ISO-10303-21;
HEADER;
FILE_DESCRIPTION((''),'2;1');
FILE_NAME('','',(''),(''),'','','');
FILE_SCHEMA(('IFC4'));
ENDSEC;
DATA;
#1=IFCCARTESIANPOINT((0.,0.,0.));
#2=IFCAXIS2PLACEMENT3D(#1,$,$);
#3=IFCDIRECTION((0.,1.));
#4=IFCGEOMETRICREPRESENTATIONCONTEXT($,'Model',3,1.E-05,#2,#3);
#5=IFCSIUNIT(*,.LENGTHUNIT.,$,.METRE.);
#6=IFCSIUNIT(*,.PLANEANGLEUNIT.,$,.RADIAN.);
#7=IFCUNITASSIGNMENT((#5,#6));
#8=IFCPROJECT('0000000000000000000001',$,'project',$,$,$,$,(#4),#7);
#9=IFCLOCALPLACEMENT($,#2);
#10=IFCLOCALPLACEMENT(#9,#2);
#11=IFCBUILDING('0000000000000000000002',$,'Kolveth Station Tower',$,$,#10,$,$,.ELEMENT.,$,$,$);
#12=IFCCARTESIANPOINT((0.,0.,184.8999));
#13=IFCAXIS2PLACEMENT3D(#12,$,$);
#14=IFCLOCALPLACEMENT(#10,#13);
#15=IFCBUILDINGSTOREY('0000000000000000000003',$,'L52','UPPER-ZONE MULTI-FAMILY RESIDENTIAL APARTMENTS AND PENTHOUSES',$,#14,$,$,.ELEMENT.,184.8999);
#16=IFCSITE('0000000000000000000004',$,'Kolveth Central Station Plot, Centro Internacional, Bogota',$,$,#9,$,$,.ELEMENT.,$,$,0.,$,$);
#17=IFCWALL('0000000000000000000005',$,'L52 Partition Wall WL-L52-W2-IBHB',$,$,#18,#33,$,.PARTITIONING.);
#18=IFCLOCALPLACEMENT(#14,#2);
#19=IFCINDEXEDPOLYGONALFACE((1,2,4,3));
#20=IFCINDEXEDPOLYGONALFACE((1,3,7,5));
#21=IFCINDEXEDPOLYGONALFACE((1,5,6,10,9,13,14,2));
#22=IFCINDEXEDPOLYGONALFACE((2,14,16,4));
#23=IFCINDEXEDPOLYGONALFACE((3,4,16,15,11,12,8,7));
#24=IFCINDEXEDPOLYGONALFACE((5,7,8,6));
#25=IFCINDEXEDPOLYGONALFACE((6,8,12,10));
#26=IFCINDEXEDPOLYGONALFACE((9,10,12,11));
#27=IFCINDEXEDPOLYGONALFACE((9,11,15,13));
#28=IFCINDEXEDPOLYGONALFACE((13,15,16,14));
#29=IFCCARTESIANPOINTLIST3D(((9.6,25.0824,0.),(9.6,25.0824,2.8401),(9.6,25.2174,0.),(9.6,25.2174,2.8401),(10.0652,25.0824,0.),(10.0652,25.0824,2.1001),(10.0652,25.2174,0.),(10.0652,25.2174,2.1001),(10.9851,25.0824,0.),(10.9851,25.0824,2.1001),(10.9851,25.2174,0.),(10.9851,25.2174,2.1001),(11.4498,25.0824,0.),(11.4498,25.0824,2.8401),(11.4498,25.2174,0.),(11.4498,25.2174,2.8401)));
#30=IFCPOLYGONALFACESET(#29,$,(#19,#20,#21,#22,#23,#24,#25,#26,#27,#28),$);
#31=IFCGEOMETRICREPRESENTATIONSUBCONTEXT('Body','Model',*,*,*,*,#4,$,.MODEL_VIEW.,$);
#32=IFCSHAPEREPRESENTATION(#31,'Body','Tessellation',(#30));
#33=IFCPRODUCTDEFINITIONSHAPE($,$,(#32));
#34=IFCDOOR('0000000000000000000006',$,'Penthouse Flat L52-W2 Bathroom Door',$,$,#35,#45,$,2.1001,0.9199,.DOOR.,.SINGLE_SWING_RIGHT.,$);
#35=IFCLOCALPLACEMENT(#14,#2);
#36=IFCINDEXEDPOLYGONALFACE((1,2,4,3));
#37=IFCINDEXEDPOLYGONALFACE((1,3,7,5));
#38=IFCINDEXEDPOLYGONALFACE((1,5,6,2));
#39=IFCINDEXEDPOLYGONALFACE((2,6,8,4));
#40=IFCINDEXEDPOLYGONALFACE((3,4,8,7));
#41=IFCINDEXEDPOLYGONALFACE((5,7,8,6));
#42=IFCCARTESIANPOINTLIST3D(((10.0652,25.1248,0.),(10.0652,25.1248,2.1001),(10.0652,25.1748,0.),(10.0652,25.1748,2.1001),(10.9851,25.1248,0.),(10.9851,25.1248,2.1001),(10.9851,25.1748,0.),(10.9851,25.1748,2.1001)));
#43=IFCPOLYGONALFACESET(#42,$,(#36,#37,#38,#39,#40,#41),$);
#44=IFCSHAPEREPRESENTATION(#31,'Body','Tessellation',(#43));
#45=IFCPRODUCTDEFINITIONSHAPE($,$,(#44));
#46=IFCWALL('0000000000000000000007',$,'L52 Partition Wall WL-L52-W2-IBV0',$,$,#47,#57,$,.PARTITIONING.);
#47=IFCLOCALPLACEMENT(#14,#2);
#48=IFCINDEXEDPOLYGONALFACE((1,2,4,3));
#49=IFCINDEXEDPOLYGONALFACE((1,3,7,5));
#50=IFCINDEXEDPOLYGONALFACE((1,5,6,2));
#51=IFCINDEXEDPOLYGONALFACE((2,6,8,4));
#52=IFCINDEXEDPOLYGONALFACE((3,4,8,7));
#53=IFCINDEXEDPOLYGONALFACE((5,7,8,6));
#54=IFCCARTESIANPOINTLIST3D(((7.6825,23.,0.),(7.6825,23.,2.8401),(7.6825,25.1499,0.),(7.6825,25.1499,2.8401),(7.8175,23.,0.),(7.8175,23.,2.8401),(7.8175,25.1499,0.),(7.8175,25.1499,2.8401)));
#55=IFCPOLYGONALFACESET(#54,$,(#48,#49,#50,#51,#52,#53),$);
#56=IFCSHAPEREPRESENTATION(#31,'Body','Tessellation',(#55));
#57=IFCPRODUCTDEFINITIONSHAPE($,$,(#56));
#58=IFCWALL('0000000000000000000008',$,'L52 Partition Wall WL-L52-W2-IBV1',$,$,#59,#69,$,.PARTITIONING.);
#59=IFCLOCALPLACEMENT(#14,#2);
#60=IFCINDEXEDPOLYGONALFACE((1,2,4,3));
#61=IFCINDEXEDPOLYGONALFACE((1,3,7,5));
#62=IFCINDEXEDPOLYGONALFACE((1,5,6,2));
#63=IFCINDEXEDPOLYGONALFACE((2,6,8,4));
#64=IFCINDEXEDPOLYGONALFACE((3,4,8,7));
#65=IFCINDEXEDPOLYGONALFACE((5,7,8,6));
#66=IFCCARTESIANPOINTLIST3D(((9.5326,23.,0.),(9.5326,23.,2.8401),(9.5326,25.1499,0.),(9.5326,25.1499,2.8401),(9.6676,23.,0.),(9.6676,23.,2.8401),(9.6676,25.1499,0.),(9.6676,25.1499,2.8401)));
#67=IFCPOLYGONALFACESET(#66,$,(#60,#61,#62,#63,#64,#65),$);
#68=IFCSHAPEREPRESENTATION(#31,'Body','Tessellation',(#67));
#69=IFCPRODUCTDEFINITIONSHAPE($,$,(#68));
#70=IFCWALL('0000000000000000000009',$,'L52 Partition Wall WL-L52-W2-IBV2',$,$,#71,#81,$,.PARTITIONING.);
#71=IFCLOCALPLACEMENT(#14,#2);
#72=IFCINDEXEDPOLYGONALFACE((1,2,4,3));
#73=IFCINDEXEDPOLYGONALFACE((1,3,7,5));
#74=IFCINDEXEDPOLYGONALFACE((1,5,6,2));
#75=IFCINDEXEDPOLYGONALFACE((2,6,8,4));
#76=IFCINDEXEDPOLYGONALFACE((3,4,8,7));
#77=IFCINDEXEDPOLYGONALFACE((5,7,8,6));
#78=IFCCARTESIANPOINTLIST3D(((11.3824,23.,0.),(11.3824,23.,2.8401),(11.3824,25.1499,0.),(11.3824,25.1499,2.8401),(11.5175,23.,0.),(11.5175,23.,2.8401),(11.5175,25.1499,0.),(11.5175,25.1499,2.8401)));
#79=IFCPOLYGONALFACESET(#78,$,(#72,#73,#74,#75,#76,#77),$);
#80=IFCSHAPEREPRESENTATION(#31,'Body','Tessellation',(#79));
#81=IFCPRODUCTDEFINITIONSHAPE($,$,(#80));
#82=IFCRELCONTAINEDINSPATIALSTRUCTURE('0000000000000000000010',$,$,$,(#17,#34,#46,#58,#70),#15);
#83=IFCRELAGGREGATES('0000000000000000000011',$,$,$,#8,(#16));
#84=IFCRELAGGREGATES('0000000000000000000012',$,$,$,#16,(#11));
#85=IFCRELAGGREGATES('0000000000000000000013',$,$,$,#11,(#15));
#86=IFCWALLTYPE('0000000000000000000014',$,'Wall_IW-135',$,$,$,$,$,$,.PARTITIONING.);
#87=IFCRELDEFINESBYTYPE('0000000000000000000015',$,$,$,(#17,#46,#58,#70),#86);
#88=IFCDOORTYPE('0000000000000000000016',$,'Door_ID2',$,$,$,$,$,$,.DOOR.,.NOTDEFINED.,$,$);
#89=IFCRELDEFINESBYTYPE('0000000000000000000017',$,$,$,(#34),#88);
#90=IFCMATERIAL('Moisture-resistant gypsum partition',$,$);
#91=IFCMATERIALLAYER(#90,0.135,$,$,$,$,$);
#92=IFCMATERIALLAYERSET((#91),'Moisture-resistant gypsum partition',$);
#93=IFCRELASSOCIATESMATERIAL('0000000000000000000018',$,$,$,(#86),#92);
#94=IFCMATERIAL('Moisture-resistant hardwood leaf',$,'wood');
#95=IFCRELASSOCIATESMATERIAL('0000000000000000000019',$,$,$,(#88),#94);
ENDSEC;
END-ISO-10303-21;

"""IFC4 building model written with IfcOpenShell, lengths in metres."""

from ifc_helpers import new_model, si_unit, direction, frame, frame_2d, origin, place, context, subcontext, project, spatial, rectangle, extrude, material, layer, layer_set, type_object, element, fill, save


model = new_model("IFC4")

# Units and contexts
model_context = context("Model", 3, precision=1e-05, world=origin(), true_north=direction((0.0, 1.0)))
body_context = subcontext(model_context, "Body", "Model", "MODEL_VIEW")
ifc_project = project(units=[si_unit("LENGTHUNIT", "METRE"), si_unit("PLANEANGLEUNIT", "RADIAN")], contexts=[model_context])

# Site, building, storey
site_placement = place(None, origin())
site = spatial("IfcSite", under=ifc_project, at=site_placement, Name="Kolveth Central Station Plot, Centro Internacional, Bogota", CompositionType="ELEMENT", RefElevation=0.0)
building_placement = place(site_placement, origin())
building = spatial("IfcBuilding", under=site, at=building_placement, Name="Kolveth Station Tower", CompositionType="ELEMENT")
storey_placement = place(building_placement, frame((0.0, 0.0, 184.8999)))
storey = spatial("IfcBuildingStorey", under=building, at=storey_placement, Name="L52", Description="UPPER-ZONE MULTI-FAMILY RESIDENTIAL APARTMENTS AND PENTHOUSES", CompositionType="ELEMENT", Elevation=184.8999)

# Wall, opening, door
ifc_material_1 = material(Name="Moisture-resistant gypsum partition")
ifc_layer = layer(ifc_material_1, 0.135)
ifc_layer_set = layer_set([ifc_layer], Name="Moisture-resistant gypsum partition")
wall_type = type_object("IfcWallType", Name="Wall_IW-135", PredefinedType="PARTITIONING", material=ifc_layer_set)
wall_1_placement = place(storey_placement, frame((9.6001, 25.1499, 0.0), z_axis=(0.0, 0.0, 1.0), x_axis=(1.0, 0.0, 0.0)))
wall_1 = element("IfcWall", 1, at=wall_1_placement, inside=storey, type_object=wall_type, Name="L52 Partition Wall WL-L52-W2-IBHB", PredefinedType="PARTITIONING", context=body_context, shape_type="SweptSolid", body=[
    extrude(rectangle(XDim=1.8499, YDim=0.135, at=frame_2d((0.9248, 0.0))), origin(), (0.0, 0.0, 1.0), 2.8401),
])
opening_1_placement = place(wall_1_placement, frame((0.4651, 0.0, 0.0)))
opening_1 = element("IfcOpeningElement", 2, at=opening_1_placement, cuts=wall_1, PredefinedType="OPENING", context=body_context, shape_type="SweptSolid", body=[
    extrude(rectangle(XDim=0.9199, YDim=2.1001, at=frame_2d((0.46, 1.05))), frame((0.0, 0.0774, 0.0), z_axis=(0.0, -1.0, 0.0), x_axis=(1.0, 0.0, 0.0)), (0.0, 0.0, 1.0), 0.155),
])
ifc_material_2 = material(Name="Moisture-resistant hardwood leaf", Category="wood")
door_type_1 = type_object("IfcDoorType", Name="Door_ID2", OperationType="NOTDEFINED", PredefinedType="DOOR", material=ifc_material_2)
door_1_placement = place(opening_1_placement, origin())
door_1 = element("IfcDoor", 3, at=door_1_placement, inside=storey, type_object=door_type_1, Name="Penthouse Flat L52-W2 Bathroom Door", OperationType="SINGLE_SWING_RIGHT", OverallHeight=2.1001, OverallWidth=0.9199, PredefinedType="DOOR", context=body_context, shape_type="SweptSolid", body=[
    extrude(rectangle(XDim=0.9199, YDim=2.1001, at=frame_2d((0.46, 1.05))), frame((0.0, 0.0249, 0.0), z_axis=(0.0, -1.0, 0.0), x_axis=(1.0, 0.0, 0.0)), (0.0, 0.0, 1.0), 0.05),
])
fill(opening_1, door_1)

# Walls
for number, where, z_axis, x_axis, name in (
    (4, (7.75, 23.0, 0.0), (0.0, 0.0, 1.0), (0.0, 1.0, 0.0), "L52 Partition Wall WL-L52-W2-IBV0"),
    (5, (9.6001, 23.0, 0.0), (0.0, 0.0, 1.0), (0.0, 1.0, 0.0), "L52 Partition Wall WL-L52-W2-IBV1"),
    (6, (11.45, 23.0, 0.0), (0.0, 0.0, 1.0), (0.0, 1.0, 0.0), "L52 Partition Wall WL-L52-W2-IBV2"),
):
    element("IfcWall", number, at=place(storey_placement, frame(where, z_axis=z_axis, x_axis=x_axis)), inside=storey, type_object=wall_type, Name=name, PredefinedType="PARTITIONING", context=body_context, shape_type="SweptSolid", body=[
        extrude(rectangle(XDim=2.1499, YDim=0.135, at=frame_2d((1.075, 0.0))), origin(), (0.0, 0.0, 1.0), 2.8401),
    ])

save(model, "model.ifc")
